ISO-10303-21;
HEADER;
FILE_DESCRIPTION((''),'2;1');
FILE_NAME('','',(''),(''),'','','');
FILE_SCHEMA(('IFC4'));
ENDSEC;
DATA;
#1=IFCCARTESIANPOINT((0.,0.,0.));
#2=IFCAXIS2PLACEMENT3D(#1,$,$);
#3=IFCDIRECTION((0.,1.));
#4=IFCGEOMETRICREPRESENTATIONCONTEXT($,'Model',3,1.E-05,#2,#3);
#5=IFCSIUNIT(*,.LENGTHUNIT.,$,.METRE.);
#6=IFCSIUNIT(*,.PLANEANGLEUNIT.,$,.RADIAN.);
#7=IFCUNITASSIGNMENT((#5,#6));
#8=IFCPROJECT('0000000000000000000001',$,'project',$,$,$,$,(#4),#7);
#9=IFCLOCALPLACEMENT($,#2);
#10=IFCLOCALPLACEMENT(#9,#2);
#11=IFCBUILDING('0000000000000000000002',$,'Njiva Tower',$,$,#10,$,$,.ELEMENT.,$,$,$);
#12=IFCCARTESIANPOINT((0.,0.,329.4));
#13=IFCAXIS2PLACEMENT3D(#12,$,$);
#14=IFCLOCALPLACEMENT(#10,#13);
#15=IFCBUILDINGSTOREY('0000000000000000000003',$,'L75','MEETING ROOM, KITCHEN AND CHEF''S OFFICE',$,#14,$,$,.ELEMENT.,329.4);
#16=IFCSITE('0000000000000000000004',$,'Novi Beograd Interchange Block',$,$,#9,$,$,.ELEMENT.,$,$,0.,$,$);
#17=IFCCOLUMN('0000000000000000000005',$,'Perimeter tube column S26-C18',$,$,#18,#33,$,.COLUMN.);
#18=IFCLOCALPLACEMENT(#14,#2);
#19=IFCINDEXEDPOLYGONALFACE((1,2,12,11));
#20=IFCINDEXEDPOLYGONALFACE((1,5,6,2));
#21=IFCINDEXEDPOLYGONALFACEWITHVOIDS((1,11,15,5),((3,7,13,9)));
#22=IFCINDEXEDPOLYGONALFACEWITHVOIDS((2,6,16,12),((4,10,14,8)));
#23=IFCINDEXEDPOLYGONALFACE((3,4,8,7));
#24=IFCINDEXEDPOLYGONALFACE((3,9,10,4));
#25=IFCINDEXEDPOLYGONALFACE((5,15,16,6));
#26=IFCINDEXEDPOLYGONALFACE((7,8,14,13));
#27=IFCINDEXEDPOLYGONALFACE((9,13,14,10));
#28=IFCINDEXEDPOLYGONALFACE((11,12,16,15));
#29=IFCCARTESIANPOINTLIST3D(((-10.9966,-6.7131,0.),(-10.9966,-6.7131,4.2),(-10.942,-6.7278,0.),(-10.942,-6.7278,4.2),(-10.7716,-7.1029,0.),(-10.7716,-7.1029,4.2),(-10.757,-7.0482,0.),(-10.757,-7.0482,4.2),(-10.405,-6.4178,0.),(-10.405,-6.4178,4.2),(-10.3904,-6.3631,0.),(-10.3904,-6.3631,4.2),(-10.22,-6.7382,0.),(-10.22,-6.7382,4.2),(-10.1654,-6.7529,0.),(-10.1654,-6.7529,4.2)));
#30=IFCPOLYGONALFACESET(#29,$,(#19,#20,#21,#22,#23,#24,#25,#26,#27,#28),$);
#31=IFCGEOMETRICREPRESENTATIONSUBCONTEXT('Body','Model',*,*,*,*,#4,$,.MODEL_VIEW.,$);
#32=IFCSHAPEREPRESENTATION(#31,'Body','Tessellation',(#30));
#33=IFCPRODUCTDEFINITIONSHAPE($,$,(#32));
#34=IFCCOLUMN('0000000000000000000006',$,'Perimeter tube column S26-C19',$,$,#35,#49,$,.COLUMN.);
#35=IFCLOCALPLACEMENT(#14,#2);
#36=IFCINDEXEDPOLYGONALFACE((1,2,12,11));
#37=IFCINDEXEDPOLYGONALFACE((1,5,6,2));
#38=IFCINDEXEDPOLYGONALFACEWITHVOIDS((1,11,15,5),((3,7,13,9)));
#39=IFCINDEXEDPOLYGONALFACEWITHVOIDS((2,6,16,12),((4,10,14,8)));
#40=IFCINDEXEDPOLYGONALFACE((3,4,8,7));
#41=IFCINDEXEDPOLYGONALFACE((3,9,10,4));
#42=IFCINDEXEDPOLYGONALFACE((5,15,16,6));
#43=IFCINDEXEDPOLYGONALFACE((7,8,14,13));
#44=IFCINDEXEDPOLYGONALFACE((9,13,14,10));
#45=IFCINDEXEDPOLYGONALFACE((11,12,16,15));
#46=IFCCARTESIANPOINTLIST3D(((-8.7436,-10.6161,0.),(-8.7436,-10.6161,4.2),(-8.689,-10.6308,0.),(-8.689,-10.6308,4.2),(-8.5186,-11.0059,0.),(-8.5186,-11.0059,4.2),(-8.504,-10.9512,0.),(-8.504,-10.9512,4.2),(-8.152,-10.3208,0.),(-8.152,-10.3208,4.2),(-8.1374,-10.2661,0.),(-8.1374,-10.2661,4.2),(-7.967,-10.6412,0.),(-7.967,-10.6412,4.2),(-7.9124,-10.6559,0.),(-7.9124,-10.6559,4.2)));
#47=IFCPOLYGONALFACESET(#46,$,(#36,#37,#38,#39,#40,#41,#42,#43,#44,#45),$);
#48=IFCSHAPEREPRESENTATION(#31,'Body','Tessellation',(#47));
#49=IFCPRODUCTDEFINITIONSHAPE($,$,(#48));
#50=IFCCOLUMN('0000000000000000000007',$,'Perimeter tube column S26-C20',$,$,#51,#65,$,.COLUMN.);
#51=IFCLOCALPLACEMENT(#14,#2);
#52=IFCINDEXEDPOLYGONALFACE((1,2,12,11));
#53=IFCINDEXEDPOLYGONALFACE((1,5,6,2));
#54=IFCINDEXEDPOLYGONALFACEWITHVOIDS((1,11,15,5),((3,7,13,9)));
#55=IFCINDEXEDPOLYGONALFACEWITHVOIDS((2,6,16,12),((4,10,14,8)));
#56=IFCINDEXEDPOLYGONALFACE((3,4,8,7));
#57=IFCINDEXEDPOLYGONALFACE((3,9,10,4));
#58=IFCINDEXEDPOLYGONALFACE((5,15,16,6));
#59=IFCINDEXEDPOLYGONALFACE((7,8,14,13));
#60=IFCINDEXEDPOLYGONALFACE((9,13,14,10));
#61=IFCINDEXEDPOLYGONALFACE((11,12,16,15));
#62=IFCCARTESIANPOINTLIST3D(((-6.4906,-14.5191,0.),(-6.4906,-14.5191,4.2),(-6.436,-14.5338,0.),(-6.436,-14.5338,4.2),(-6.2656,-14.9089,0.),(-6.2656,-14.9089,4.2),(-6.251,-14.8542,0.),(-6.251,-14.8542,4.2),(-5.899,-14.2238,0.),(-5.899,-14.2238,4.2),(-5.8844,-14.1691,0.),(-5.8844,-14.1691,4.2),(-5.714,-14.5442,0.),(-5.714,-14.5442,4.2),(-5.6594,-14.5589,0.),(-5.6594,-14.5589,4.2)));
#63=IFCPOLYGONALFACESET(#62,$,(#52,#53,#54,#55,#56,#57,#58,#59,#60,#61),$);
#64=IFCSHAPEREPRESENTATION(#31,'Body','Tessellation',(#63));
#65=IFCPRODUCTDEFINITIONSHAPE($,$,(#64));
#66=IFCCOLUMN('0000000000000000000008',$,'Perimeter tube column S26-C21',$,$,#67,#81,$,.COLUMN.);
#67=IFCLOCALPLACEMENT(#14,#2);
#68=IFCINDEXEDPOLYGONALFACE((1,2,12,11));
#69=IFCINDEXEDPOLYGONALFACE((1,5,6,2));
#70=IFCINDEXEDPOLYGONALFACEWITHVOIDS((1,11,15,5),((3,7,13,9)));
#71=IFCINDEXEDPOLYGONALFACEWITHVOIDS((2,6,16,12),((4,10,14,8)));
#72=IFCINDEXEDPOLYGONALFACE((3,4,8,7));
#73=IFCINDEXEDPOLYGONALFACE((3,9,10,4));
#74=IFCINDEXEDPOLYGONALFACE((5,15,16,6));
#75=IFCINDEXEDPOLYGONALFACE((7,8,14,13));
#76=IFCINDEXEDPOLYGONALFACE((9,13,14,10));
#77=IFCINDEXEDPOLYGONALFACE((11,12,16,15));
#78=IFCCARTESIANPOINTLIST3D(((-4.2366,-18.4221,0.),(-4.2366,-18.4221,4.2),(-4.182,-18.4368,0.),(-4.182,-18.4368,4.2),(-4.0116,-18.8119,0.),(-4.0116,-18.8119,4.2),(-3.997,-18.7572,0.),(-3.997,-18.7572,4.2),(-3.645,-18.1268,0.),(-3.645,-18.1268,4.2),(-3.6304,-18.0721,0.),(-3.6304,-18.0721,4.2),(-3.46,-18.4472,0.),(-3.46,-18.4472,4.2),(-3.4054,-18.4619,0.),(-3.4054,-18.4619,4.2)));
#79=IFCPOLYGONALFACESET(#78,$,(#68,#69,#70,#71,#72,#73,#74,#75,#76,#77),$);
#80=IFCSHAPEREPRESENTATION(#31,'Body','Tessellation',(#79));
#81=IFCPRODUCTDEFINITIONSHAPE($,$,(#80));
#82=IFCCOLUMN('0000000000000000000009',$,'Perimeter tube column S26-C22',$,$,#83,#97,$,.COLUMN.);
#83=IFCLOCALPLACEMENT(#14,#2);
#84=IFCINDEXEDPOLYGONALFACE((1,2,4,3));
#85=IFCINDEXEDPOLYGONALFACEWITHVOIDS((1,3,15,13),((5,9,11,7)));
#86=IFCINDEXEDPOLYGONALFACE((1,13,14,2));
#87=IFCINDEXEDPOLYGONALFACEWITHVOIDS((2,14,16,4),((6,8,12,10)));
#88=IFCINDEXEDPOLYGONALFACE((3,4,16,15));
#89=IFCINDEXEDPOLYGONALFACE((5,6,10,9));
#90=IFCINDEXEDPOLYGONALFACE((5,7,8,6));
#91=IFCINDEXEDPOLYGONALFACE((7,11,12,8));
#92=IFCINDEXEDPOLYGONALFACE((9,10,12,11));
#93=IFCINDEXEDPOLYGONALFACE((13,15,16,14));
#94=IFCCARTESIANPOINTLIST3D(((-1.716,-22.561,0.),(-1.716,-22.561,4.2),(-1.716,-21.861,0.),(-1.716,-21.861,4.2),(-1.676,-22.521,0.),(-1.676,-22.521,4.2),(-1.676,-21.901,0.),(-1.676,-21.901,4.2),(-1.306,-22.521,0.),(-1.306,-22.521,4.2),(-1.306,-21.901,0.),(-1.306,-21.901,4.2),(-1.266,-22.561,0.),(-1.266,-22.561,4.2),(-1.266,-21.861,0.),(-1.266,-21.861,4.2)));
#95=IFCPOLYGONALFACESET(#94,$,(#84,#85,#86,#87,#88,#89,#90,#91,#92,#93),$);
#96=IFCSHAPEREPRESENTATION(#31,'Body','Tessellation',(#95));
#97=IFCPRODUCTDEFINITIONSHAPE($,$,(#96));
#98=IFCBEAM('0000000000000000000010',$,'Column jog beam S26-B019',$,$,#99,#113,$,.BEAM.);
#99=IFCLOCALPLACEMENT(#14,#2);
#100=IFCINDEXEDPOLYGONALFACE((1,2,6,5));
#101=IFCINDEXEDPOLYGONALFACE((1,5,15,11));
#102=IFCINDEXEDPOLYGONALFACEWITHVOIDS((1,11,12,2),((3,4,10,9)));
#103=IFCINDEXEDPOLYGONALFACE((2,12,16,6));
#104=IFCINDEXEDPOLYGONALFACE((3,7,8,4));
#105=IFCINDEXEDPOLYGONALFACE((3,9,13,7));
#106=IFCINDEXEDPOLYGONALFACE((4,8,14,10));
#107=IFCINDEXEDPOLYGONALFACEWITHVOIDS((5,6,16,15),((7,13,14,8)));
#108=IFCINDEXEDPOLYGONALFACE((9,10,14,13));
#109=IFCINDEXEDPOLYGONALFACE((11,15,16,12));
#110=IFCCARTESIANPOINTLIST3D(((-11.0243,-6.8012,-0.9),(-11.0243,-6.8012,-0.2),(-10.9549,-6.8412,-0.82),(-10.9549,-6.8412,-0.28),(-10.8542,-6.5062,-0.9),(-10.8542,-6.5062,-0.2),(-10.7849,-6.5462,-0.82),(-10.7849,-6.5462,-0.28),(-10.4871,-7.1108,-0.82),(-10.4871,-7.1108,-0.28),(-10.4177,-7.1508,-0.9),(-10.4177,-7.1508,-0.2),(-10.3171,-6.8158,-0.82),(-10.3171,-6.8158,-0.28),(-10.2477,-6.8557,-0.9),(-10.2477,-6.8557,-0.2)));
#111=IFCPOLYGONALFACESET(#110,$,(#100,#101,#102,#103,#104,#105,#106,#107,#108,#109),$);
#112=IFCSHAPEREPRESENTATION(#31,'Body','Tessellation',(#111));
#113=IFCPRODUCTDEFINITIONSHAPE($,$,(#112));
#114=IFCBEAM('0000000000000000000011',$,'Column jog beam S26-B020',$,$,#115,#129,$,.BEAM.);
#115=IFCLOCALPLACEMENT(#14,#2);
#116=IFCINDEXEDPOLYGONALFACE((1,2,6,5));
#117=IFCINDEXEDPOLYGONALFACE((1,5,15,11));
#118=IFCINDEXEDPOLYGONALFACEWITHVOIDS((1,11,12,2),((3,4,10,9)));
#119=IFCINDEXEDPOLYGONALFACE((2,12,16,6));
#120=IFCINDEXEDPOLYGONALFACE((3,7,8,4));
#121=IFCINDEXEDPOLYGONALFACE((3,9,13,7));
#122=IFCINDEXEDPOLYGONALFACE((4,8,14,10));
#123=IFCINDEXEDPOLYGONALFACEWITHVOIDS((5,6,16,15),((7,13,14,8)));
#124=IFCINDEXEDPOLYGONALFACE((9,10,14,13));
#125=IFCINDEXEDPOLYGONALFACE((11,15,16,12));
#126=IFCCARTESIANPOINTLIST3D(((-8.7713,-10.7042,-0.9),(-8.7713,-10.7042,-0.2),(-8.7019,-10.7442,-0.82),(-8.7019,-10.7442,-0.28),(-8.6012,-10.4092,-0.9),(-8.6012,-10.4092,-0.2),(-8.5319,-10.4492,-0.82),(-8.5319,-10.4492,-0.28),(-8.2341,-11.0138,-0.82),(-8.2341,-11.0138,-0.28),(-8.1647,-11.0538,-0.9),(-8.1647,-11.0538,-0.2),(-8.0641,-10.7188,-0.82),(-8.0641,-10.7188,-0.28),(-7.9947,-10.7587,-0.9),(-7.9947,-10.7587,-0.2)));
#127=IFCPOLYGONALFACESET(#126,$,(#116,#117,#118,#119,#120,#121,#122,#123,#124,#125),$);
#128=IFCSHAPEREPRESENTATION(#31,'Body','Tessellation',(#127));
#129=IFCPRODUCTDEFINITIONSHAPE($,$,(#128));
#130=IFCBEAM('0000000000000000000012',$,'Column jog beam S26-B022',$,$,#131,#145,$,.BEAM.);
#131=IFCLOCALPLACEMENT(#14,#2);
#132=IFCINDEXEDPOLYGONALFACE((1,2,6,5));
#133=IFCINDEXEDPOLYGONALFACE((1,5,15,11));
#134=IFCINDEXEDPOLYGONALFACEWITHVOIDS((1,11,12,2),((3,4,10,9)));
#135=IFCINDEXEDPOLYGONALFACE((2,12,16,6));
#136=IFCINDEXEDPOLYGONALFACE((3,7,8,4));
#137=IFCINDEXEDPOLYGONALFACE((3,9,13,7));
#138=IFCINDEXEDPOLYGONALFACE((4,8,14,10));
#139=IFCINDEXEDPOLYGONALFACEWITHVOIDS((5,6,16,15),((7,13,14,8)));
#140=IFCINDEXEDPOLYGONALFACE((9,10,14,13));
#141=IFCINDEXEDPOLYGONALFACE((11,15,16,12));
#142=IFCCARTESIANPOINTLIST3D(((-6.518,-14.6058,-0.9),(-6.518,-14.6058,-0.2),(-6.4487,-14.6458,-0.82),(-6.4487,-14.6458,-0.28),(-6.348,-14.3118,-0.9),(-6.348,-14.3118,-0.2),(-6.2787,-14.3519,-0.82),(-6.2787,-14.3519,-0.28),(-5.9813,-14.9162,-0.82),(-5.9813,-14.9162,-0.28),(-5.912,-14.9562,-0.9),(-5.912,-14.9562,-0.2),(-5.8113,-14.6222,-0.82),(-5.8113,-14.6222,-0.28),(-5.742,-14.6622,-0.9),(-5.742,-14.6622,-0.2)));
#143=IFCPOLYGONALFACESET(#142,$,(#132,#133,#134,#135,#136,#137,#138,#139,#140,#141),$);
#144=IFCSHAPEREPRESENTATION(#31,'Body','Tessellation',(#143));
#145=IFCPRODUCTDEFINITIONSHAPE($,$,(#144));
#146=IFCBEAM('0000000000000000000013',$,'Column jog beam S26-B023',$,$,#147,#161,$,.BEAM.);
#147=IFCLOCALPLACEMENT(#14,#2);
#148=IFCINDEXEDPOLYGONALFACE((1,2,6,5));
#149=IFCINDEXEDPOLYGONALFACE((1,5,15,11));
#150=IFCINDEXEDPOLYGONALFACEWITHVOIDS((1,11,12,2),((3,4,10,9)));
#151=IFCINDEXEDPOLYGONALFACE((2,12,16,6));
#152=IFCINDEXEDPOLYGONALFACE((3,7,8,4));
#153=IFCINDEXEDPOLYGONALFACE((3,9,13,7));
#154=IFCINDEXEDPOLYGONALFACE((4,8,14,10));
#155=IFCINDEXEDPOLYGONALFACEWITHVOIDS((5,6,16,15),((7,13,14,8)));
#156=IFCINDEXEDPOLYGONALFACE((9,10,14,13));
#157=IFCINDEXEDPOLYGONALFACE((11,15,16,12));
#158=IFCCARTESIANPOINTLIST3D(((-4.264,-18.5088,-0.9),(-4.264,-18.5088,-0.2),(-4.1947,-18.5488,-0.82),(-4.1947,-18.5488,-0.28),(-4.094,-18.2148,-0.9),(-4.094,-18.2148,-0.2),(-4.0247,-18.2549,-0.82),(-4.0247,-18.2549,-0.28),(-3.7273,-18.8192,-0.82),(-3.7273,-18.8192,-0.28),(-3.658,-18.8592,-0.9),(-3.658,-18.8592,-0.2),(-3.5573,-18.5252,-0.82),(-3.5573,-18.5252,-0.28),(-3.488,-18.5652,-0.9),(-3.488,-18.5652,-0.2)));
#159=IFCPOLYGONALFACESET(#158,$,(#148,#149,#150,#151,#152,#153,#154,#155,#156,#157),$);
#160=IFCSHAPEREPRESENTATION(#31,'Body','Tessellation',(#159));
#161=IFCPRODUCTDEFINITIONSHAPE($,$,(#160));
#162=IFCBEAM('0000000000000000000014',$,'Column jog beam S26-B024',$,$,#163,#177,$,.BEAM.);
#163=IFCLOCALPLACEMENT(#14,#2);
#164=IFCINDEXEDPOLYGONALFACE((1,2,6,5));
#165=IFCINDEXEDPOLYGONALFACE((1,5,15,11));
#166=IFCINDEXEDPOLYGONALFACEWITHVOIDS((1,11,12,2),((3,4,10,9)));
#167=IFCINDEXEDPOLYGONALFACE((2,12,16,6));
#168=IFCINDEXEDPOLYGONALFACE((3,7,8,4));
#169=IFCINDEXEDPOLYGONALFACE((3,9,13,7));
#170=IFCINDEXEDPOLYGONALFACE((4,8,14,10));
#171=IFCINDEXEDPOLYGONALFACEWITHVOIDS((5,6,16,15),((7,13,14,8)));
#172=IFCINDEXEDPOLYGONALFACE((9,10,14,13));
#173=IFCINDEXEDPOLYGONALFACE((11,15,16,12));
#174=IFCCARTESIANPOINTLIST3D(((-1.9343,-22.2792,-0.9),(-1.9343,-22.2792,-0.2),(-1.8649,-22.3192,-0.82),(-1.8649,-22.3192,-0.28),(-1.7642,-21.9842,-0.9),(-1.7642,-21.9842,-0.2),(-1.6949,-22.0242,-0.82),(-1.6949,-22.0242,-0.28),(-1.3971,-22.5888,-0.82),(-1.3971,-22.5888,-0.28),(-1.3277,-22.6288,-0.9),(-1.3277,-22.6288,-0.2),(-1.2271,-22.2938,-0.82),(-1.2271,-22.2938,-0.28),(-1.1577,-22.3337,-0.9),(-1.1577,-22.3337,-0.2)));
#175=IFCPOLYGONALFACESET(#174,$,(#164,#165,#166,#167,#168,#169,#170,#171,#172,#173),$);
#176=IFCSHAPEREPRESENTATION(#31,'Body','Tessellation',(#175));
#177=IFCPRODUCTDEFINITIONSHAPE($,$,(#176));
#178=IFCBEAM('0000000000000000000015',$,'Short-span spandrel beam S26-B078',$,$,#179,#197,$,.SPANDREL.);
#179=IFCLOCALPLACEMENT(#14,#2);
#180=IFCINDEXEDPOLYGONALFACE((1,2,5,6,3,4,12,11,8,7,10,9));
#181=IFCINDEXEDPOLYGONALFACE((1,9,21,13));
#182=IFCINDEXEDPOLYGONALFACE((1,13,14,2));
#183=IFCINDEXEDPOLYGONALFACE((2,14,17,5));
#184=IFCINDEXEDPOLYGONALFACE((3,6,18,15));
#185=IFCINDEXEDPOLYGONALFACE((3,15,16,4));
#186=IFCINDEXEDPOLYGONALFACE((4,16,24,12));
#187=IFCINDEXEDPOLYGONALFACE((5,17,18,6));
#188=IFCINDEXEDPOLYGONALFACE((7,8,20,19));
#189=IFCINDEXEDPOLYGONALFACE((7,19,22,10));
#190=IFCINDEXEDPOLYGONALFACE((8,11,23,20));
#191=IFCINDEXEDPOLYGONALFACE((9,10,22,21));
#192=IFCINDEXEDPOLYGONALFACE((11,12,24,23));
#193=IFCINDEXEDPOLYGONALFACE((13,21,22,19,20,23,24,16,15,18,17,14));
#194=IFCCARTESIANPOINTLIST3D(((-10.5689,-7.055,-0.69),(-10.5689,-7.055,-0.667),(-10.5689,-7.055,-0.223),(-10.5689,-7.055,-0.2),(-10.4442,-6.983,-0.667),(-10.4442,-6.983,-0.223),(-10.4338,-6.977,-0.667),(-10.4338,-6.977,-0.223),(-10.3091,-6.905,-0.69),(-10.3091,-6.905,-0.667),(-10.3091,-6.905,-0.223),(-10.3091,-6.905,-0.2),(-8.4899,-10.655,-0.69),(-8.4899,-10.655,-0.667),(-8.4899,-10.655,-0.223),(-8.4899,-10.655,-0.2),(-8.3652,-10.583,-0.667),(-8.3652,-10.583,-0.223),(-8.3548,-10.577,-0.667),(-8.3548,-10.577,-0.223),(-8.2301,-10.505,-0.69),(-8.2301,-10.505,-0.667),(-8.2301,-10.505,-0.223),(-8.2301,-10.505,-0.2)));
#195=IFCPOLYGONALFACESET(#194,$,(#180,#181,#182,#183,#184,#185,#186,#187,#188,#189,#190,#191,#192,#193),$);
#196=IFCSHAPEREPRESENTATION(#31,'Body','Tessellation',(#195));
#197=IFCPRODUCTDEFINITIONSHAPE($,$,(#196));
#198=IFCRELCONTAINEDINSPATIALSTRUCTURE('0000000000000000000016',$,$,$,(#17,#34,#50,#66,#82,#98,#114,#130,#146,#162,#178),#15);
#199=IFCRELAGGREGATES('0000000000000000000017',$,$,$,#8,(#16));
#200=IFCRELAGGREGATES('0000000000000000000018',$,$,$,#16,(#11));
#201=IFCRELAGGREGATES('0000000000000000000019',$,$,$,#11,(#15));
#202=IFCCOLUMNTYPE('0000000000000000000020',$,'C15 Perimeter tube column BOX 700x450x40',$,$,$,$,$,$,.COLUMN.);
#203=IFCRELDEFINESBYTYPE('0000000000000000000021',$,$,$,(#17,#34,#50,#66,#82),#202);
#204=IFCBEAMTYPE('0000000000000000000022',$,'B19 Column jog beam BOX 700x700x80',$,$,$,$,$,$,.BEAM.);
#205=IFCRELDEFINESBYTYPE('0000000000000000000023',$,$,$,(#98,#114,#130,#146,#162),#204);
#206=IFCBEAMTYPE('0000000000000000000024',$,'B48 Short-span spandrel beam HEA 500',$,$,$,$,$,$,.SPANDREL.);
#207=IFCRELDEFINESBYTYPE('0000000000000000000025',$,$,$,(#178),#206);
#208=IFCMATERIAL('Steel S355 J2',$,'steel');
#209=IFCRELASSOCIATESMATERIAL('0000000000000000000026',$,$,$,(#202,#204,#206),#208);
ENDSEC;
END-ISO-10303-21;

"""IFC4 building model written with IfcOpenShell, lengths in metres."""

from ifc_helpers import new_model, si_unit, direction, frame, origin, origin_2d, place, context, subcontext, project, spatial, hollow_rectangle, i_section, extrude, material, material_profile, profile_set, type_object, element, save


model = new_model("IFC4")

# Units and contexts
model_context = context("Model", 3, precision=1e-05, world=origin(), true_north=direction((0.0, 1.0)))
body_context = subcontext(model_context, "Body", "Model", "MODEL_VIEW")
ifc_project = project(units=[si_unit("LENGTHUNIT", "METRE"), si_unit("PLANEANGLEUNIT", "RADIAN")], contexts=[model_context])

# Site, building, storey
site_placement = place(None, origin())
site = spatial("IfcSite", under=ifc_project, at=site_placement, Name="Novi Beograd Interchange Block", CompositionType="ELEMENT", RefElevation=0.0)
building_placement = place(site_placement, origin())
building = spatial("IfcBuilding", under=site, at=building_placement, Name="Njiva Tower", CompositionType="ELEMENT")
storey_placement = place(building_placement, frame((0.0, 0.0, 329.4)))
storey = spatial("IfcBuildingStorey", under=building, at=storey_placement, Name="L75", Description="MEETING ROOM, KITCHEN AND CHEF'S OFFICE", CompositionType="ELEMENT", Elevation=329.4)

# Columns
ifc_material_1 = material(Name="Steel S355 J2", Category="steel")
ifc_material_profile_1 = material_profile(ifc_material_1, hollow_rectangle(XDim=0.45, YDim=0.7, WallThickness=0.04, at=origin_2d()), Name="BOX 700x450x40")
ifc_profile_set_1 = profile_set([ifc_material_profile_1], Name="Steel S355 J2")
column_type = type_object("IfcColumnType", Name="C15 Perimeter tube column BOX 700x450x40", PredefinedType="COLUMN", material=ifc_profile_set_1)
for number, where, z_axis, x_axis, name in (
    (1, (-10.581, -6.733, 0.0), (0.0, 0.0, 1.0), (0.5, -0.866025, 0.0), "Perimeter tube column S26-C18"),
    (2, (-8.328, -10.636, 0.0), (0.0, 0.0, 1.0), (0.5, -0.866025, 0.0), "Perimeter tube column S26-C19"),
    (3, (-6.075, -14.539, 0.0), (0.0, 0.0, 1.0), (0.5, -0.866025, 0.0), "Perimeter tube column S26-C20"),
    (4, (-3.821, -18.442, 0.0), (0.0, 0.0, 1.0), (0.5, -0.866025, 0.0), "Perimeter tube column S26-C21"),
    (5, (-1.491, -22.211, 0.0), (0.0, 0.0, 1.0), (1.0, 0.0, 0.0), "Perimeter tube column S26-C22"),
):
    element("IfcColumn", number, at=place(storey_placement, frame(where, z_axis=z_axis, x_axis=x_axis)), inside=storey, type_object=column_type, Name=name, PredefinedType="COLUMN", context=body_context, shape_type="SweptSolid", body=[
        extrude(hollow_rectangle(XDim=0.45, YDim=0.7, WallThickness=0.04, at=origin_2d()), origin(), (0.0, 0.0, 1.0), 4.2),
    ])

# Beams
ifc_material_profile_2 = material_profile(ifc_material_1, hollow_rectangle(XDim=0.7, YDim=0.7, WallThickness=0.08, at=origin_2d()), Name="BOX 700x700x80")
ifc_profile_set_2 = profile_set([ifc_material_profile_2], Name="Steel S355 J2")
beam_type_1 = type_object("IfcBeamType", Name="B19 Column jog beam BOX 700x700x80", PredefinedType="BEAM", material=ifc_profile_set_2)
for number, where, z_axis, x_axis, name in (
    (6, (-10.721, -6.976, -0.55), (0.499299, 0.86643, 0.0), (-0.86643, 0.499299, 0.0), "Column jog beam S26-B019"),
    (7, (-8.468, -10.879, -0.55), (0.499299, 0.86643, 0.0), (-0.86643, 0.499299, 0.0), "Column jog beam S26-B020"),
):
    element("IfcBeam", number, at=place(storey_placement, frame(where, z_axis=z_axis, x_axis=x_axis)), inside=storey, type_object=beam_type_1, Name=name, PredefinedType="BEAM", context=body_context, shape_type="SweptSolid", body=[
        extrude(hollow_rectangle(XDim=0.7, YDim=0.7, WallThickness=0.08, at=origin_2d()), origin(), (0.0, 0.0, 1.0), 0.3405),
    ])
for number, where, z_axis, x_axis, name in (
    (8, (-6.215, -14.781, -0.55), (0.500572, 0.865695, 0.0), (-0.865695, 0.500572, 0.0), "Column jog beam S26-B022"),
    (9, (-3.961, -18.684, -0.55), (0.500572, 0.865695, 0.0), (-0.865695, 0.500572, 0.0), "Column jog beam S26-B023"),
):
    element("IfcBeam", number, at=place(storey_placement, frame(where, z_axis=z_axis, x_axis=x_axis)), inside=storey, type_object=beam_type_1, Name=name, PredefinedType="BEAM", context=body_context, shape_type="SweptSolid", body=[
        extrude(hollow_rectangle(XDim=0.7, YDim=0.7, WallThickness=0.08, at=origin_2d()), origin(), (0.0, 0.0, 1.0), 0.3396),
    ])
beam_1_placement = place(storey_placement, frame((-1.631, -22.454, -0.55), z_axis=(0.499299, 0.86643, 0.0), x_axis=(-0.86643, 0.499299, 0.0)))
element("IfcBeam", 10, at=beam_1_placement, inside=storey, type_object=beam_type_1, Name="Column jog beam S26-B024", PredefinedType="BEAM", context=body_context, shape_type="SweptSolid", body=[
    extrude(hollow_rectangle(XDim=0.7, YDim=0.7, WallThickness=0.08, at=origin_2d()), origin(), (0.0, 0.0, 1.0), 0.3405),
])
ifc_material_profile_3 = material_profile(ifc_material_1, i_section(OverallWidth=0.3, OverallDepth=0.49, WebThickness=0.012, FlangeThickness=0.023, at=origin_2d()), Name="HEA 500")
ifc_profile_set_3 = profile_set([ifc_material_profile_3], Name="Steel S355 J2")
beam_type_2 = type_object("IfcBeamType", Name="B48 Short-span spandrel beam HEA 500", PredefinedType="SPANDREL", material=ifc_profile_set_3)
beam_2_placement = place(storey_placement, frame((-10.439, -6.98, -0.445), z_axis=(0.500097, -0.865969, 0.0), x_axis=(0.865969, 0.500097, 0.0)))
element("IfcBeam", 11, at=beam_2_placement, inside=storey, type_object=beam_type_2, Name="Short-span spandrel beam S26-B078", PredefinedType="SPANDREL", context=body_context, shape_type="SweptSolid", body=[
    extrude(i_section(OverallWidth=0.3, OverallDepth=0.49, WebThickness=0.012, FlangeThickness=0.023, at=origin_2d()), origin(), (0.0, 0.0, 1.0), 4.1572),
])

save(model, "model.ifc")
